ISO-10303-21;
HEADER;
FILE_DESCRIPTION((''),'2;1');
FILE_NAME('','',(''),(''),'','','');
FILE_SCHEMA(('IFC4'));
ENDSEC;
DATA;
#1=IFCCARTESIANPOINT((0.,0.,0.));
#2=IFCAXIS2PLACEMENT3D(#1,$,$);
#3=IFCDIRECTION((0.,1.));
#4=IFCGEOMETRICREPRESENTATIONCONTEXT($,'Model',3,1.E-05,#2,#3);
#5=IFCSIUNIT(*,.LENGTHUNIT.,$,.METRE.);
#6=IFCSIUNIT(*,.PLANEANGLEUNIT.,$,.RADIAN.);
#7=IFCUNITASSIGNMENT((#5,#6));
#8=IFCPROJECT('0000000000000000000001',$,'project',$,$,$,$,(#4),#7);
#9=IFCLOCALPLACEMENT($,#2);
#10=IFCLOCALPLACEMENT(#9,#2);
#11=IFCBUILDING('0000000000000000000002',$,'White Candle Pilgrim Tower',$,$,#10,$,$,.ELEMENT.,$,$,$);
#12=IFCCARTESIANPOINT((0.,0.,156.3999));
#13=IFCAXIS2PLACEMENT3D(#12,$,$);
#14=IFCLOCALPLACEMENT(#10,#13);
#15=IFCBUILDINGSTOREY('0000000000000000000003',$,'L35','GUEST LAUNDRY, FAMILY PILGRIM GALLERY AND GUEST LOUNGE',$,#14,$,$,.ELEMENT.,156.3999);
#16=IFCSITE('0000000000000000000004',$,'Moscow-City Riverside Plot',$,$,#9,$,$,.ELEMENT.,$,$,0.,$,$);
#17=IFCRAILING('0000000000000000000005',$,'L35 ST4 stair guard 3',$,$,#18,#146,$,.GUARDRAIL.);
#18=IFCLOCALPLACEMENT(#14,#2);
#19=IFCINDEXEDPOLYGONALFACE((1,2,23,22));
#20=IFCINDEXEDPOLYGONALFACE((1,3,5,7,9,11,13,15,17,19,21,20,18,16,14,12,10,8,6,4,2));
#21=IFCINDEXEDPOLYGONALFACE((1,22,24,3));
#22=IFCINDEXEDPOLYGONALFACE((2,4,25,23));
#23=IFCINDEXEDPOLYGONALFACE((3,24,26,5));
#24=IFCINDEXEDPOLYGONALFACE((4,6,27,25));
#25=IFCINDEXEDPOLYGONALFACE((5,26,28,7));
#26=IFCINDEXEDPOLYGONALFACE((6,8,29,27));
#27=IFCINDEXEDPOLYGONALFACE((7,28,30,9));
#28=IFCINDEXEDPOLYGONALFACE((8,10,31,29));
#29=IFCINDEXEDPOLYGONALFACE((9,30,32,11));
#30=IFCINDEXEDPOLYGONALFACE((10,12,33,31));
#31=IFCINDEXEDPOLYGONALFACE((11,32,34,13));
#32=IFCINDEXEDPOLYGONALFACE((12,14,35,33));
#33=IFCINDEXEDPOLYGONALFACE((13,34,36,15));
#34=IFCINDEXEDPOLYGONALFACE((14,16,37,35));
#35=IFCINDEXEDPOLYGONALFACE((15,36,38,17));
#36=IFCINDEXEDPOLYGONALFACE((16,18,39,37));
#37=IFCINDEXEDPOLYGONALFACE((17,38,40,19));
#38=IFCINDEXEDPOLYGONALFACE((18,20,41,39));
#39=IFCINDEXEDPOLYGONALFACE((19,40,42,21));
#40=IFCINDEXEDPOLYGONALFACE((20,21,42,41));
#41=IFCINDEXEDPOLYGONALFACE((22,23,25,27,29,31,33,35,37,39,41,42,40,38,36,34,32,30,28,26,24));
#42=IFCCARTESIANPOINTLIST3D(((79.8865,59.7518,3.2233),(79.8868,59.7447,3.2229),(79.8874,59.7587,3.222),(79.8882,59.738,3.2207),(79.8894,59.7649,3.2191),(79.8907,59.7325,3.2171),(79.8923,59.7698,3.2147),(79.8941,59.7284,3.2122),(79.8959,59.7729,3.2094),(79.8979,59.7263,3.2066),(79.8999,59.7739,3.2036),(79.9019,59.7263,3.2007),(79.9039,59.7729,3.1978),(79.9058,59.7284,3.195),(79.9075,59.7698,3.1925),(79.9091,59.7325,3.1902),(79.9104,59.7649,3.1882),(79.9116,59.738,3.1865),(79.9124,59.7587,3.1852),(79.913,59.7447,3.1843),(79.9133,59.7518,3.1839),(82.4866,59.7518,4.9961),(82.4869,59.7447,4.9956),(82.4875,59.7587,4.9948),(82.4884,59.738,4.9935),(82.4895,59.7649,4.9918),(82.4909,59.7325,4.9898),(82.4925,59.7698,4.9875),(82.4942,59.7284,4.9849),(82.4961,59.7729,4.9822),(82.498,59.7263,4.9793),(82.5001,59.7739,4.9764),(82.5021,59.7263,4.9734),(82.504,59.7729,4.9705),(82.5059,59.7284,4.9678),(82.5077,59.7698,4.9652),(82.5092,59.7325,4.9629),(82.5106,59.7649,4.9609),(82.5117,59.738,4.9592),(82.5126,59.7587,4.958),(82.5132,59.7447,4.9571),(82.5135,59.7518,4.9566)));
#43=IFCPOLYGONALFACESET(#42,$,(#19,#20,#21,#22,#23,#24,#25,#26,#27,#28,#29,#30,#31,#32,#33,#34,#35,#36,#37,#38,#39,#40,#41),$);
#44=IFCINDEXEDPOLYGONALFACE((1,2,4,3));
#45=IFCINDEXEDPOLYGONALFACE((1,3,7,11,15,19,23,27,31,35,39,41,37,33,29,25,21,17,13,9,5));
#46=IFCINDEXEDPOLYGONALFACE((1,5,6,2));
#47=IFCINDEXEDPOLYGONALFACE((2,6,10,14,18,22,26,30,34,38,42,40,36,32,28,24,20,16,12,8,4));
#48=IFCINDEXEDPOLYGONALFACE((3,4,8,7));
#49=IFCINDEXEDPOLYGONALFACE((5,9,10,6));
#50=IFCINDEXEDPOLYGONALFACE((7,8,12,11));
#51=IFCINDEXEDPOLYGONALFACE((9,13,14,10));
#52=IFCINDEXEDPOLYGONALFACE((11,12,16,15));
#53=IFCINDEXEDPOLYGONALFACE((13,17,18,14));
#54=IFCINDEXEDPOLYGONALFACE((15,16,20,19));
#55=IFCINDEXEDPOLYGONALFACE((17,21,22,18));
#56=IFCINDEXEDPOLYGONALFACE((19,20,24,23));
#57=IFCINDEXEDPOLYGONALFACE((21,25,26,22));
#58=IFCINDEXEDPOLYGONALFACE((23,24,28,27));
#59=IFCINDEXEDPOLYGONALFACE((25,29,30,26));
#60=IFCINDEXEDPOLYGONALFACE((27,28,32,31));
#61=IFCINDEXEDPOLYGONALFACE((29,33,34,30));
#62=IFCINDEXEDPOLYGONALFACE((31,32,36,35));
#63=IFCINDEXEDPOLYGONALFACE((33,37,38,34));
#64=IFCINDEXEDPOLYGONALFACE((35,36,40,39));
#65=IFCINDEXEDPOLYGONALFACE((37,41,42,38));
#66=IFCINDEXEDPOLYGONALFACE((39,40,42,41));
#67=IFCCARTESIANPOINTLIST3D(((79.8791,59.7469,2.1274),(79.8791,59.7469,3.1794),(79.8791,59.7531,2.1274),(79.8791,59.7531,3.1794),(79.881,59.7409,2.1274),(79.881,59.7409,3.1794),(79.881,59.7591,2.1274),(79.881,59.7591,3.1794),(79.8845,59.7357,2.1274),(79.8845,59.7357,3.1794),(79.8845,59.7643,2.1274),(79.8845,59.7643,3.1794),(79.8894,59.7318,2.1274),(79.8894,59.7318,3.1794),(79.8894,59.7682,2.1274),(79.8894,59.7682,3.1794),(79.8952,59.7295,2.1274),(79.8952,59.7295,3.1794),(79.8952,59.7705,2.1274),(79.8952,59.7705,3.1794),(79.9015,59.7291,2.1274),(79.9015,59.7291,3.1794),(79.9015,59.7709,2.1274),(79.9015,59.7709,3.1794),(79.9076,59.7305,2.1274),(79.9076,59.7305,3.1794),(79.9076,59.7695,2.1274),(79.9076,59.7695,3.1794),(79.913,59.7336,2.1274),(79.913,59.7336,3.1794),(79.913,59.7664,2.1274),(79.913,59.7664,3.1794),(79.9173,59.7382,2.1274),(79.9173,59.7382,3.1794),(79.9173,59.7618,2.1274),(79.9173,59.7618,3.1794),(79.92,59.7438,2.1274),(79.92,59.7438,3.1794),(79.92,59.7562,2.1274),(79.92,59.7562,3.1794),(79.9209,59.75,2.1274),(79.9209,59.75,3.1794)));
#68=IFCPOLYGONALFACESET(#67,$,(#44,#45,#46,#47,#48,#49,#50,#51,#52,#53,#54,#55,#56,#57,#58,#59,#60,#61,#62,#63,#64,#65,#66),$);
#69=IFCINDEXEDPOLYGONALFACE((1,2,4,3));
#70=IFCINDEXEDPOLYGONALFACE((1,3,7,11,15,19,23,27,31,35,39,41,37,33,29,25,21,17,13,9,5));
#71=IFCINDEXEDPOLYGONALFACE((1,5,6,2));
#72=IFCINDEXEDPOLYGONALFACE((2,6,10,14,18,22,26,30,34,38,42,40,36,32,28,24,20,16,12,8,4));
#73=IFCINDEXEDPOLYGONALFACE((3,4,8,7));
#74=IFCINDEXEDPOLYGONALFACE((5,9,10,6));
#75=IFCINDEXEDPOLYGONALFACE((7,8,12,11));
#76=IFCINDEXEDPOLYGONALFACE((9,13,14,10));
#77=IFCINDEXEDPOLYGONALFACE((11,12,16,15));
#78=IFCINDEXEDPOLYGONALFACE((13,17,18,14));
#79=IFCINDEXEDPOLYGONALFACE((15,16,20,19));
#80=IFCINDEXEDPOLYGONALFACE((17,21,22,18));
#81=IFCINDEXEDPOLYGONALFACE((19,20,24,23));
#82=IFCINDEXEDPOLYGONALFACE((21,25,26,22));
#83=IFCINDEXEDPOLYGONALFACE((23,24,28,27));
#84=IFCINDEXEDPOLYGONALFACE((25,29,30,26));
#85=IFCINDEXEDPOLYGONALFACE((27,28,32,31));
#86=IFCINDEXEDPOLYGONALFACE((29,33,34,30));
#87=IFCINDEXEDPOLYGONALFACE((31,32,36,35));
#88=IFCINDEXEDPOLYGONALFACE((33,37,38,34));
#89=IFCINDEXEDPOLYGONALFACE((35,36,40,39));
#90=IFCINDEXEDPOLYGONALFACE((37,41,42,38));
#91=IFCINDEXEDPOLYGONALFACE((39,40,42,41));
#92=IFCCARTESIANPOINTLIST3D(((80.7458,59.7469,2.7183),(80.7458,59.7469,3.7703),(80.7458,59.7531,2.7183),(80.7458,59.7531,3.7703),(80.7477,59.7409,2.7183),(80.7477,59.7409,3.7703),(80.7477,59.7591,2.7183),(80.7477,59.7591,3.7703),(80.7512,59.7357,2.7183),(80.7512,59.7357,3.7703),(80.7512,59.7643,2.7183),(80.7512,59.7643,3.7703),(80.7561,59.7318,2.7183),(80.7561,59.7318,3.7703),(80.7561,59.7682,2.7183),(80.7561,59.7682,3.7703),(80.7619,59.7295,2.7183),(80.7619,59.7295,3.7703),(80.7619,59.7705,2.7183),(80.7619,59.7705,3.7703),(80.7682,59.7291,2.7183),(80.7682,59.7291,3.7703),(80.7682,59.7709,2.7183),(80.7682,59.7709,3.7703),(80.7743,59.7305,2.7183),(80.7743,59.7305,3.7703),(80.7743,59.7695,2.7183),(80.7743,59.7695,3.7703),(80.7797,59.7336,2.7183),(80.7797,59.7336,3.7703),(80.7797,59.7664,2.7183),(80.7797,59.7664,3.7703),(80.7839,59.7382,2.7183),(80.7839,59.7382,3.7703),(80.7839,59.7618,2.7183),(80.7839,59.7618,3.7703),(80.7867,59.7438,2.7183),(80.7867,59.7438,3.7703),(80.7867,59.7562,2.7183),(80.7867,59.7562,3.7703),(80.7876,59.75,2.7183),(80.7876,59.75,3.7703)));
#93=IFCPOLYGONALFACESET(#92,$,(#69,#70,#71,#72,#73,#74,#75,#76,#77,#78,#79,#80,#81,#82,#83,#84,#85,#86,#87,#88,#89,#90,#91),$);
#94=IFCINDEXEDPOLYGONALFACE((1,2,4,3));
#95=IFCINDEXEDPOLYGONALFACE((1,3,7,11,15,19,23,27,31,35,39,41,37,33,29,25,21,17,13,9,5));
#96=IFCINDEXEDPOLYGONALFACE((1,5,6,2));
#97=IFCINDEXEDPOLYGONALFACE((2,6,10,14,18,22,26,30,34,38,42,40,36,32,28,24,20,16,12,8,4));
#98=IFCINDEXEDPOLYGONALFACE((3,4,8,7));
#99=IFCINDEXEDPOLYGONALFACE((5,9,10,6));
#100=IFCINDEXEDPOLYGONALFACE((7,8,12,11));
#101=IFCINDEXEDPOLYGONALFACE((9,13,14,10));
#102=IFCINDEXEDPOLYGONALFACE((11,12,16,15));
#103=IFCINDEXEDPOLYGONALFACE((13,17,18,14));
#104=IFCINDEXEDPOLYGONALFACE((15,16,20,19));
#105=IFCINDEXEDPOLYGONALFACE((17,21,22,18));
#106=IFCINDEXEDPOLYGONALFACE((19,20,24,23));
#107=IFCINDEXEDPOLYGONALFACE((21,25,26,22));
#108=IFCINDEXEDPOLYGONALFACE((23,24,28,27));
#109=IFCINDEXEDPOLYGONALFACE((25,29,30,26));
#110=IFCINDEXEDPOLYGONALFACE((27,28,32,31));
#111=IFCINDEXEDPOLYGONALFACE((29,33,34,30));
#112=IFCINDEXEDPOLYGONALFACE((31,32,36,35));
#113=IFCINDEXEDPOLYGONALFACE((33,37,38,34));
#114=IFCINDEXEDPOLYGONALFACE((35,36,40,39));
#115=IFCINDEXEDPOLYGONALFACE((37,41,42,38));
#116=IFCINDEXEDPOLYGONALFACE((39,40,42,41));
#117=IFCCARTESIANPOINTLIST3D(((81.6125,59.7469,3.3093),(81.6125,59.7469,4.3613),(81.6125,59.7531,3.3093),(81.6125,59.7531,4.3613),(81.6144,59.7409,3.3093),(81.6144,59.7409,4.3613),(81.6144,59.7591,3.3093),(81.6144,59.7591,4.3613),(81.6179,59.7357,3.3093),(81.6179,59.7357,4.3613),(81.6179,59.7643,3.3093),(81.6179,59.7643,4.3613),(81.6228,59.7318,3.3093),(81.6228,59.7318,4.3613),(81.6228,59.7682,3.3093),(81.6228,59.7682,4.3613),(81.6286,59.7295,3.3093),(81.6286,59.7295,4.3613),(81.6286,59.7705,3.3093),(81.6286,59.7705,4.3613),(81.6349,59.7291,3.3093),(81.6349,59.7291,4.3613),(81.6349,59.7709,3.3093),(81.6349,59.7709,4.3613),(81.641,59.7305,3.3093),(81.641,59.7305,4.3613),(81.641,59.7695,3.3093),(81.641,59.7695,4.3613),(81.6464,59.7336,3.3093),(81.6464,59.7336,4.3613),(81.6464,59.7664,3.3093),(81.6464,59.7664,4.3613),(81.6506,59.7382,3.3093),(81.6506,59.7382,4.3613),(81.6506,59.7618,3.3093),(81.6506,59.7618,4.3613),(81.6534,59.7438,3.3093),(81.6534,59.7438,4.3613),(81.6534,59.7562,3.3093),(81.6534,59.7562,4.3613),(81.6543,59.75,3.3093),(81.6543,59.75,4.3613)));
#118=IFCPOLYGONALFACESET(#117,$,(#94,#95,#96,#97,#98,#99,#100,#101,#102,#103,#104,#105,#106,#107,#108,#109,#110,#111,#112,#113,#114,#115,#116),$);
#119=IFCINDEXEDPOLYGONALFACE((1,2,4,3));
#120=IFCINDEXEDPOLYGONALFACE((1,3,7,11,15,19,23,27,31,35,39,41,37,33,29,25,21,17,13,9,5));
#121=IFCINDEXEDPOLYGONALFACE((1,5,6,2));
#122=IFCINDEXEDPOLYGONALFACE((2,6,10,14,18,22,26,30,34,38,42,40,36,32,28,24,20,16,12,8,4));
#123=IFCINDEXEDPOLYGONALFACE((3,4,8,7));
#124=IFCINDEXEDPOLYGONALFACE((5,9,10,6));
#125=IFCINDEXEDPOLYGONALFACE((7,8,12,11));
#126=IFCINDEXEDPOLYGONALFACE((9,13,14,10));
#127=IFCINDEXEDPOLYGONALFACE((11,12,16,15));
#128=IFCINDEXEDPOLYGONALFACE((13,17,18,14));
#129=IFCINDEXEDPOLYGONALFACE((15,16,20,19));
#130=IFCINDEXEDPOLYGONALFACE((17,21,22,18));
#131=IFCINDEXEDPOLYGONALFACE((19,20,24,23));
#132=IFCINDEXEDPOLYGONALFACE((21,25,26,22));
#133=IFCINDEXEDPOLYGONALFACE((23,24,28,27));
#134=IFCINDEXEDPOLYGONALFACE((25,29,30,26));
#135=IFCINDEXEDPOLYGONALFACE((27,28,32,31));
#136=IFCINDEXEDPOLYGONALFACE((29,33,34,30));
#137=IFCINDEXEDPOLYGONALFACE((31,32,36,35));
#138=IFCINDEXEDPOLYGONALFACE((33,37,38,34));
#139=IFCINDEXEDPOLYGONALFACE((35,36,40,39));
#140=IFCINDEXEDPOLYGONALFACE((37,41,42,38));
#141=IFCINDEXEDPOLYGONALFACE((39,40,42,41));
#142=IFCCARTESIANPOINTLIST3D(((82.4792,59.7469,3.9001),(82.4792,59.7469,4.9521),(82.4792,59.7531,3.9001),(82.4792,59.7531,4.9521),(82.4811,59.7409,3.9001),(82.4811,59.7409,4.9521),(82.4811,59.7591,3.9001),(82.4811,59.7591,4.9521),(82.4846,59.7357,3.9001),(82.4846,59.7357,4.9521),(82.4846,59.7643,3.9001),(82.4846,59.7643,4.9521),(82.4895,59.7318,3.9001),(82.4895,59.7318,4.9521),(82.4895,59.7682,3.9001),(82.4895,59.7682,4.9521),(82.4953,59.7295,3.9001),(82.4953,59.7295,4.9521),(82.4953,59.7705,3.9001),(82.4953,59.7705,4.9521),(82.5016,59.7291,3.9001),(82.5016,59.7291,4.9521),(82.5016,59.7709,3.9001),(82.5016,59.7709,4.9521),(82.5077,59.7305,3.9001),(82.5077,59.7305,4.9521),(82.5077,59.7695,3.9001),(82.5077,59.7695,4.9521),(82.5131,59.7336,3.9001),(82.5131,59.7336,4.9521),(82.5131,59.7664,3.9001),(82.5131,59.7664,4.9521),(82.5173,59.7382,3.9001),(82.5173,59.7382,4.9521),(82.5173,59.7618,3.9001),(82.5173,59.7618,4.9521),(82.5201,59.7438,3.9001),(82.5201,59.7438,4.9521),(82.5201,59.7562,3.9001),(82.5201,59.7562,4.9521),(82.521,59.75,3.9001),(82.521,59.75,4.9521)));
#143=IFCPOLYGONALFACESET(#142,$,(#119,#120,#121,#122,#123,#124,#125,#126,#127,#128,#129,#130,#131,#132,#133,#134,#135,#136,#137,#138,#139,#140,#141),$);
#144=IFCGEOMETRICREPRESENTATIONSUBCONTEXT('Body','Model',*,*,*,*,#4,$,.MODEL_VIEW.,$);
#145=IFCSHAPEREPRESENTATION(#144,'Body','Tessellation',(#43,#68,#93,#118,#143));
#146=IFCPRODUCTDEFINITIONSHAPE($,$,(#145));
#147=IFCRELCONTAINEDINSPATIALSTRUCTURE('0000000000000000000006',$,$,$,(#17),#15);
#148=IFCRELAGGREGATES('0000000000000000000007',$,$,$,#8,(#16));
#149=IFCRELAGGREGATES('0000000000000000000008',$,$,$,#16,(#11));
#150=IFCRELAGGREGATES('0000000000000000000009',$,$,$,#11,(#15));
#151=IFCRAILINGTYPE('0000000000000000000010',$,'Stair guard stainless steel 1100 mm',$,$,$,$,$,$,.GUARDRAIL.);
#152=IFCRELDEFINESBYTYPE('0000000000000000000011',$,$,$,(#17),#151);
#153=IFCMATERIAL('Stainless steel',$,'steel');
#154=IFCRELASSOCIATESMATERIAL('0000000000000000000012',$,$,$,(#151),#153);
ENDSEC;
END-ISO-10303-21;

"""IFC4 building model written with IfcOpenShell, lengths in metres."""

from ifc_helpers import new_model, si_unit, direction, frame, origin, origin_2d, place, context, subcontext, project, spatial, circle, extrude, material, type_object, element, save


model = new_model("IFC4")

# Units and contexts
model_context = context("Model", 3, precision=1e-05, world=origin(), true_north=direction((0.0, 1.0)))
body_context = subcontext(model_context, "Body", "Model", "MODEL_VIEW")
ifc_project = project(units=[si_unit("LENGTHUNIT", "METRE"), si_unit("PLANEANGLEUNIT", "RADIAN")], contexts=[model_context])

# Site, building, storey
site_placement = place(None, origin())
site = spatial("IfcSite", under=ifc_project, at=site_placement, Name="Moscow-City Riverside Plot", CompositionType="ELEMENT", RefElevation=0.0)
building_placement = place(site_placement, origin())
building = spatial("IfcBuilding", under=site, at=building_placement, Name="White Candle Pilgrim Tower", CompositionType="ELEMENT")
storey_placement = place(building_placement, frame((0.0, 0.0, 156.3999)))
storey = spatial("IfcBuildingStorey", under=building, at=storey_placement, Name="L35", Description="GUEST LAUNDRY, FAMILY PILGRIM GALLERY AND GUEST LOUNGE", CompositionType="ELEMENT", Elevation=156.3999)

# Railing
ifc_material_1 = material(Name="Stainless steel", Category="steel")
railing_type_1 = type_object("IfcRailingType", Name="Stair guard stainless steel 1100 mm", PredefinedType="GUARDRAIL", material=ifc_material_1)
railing_1_placement = place(storey_placement, frame((79.8999, 59.75, 2.1274)))
element("IfcRailing", 1, at=railing_1_placement, inside=storey, type_object=railing_type_1, Name="L35 ST4 stair guard 3", PredefinedType="GUARDRAIL", context=body_context, shape_type="SweptSolid", body=[
    extrude(circle(Radius=0.0239, at=origin_2d()), frame((0.0, 0.0, 1.0762), z_axis=(0.82624, 0.0, 0.563318), x_axis=(0.0, 1.0, 0.0)), (0.0, 0.0, 1.0), 3.147),
    extrude(circle(Radius=0.021, at=origin_2d()), origin(), (0.0, 0.0, 1.0), 1.052),
    extrude(circle(Radius=0.021, at=origin_2d()), frame((0.8667, 0.0, 0.5908)), (0.0, 0.0, 1.0), 1.052),
    extrude(circle(Radius=0.021, at=origin_2d()), frame((1.7334, 0.0, 1.1819)), (0.0, 0.0, 1.0), 1.052),
    extrude(circle(Radius=0.021, at=origin_2d()), frame((2.6001, 0.0, 1.7727)), (0.0, 0.0, 1.0), 1.052),
])

save(model, "model.ifc")
